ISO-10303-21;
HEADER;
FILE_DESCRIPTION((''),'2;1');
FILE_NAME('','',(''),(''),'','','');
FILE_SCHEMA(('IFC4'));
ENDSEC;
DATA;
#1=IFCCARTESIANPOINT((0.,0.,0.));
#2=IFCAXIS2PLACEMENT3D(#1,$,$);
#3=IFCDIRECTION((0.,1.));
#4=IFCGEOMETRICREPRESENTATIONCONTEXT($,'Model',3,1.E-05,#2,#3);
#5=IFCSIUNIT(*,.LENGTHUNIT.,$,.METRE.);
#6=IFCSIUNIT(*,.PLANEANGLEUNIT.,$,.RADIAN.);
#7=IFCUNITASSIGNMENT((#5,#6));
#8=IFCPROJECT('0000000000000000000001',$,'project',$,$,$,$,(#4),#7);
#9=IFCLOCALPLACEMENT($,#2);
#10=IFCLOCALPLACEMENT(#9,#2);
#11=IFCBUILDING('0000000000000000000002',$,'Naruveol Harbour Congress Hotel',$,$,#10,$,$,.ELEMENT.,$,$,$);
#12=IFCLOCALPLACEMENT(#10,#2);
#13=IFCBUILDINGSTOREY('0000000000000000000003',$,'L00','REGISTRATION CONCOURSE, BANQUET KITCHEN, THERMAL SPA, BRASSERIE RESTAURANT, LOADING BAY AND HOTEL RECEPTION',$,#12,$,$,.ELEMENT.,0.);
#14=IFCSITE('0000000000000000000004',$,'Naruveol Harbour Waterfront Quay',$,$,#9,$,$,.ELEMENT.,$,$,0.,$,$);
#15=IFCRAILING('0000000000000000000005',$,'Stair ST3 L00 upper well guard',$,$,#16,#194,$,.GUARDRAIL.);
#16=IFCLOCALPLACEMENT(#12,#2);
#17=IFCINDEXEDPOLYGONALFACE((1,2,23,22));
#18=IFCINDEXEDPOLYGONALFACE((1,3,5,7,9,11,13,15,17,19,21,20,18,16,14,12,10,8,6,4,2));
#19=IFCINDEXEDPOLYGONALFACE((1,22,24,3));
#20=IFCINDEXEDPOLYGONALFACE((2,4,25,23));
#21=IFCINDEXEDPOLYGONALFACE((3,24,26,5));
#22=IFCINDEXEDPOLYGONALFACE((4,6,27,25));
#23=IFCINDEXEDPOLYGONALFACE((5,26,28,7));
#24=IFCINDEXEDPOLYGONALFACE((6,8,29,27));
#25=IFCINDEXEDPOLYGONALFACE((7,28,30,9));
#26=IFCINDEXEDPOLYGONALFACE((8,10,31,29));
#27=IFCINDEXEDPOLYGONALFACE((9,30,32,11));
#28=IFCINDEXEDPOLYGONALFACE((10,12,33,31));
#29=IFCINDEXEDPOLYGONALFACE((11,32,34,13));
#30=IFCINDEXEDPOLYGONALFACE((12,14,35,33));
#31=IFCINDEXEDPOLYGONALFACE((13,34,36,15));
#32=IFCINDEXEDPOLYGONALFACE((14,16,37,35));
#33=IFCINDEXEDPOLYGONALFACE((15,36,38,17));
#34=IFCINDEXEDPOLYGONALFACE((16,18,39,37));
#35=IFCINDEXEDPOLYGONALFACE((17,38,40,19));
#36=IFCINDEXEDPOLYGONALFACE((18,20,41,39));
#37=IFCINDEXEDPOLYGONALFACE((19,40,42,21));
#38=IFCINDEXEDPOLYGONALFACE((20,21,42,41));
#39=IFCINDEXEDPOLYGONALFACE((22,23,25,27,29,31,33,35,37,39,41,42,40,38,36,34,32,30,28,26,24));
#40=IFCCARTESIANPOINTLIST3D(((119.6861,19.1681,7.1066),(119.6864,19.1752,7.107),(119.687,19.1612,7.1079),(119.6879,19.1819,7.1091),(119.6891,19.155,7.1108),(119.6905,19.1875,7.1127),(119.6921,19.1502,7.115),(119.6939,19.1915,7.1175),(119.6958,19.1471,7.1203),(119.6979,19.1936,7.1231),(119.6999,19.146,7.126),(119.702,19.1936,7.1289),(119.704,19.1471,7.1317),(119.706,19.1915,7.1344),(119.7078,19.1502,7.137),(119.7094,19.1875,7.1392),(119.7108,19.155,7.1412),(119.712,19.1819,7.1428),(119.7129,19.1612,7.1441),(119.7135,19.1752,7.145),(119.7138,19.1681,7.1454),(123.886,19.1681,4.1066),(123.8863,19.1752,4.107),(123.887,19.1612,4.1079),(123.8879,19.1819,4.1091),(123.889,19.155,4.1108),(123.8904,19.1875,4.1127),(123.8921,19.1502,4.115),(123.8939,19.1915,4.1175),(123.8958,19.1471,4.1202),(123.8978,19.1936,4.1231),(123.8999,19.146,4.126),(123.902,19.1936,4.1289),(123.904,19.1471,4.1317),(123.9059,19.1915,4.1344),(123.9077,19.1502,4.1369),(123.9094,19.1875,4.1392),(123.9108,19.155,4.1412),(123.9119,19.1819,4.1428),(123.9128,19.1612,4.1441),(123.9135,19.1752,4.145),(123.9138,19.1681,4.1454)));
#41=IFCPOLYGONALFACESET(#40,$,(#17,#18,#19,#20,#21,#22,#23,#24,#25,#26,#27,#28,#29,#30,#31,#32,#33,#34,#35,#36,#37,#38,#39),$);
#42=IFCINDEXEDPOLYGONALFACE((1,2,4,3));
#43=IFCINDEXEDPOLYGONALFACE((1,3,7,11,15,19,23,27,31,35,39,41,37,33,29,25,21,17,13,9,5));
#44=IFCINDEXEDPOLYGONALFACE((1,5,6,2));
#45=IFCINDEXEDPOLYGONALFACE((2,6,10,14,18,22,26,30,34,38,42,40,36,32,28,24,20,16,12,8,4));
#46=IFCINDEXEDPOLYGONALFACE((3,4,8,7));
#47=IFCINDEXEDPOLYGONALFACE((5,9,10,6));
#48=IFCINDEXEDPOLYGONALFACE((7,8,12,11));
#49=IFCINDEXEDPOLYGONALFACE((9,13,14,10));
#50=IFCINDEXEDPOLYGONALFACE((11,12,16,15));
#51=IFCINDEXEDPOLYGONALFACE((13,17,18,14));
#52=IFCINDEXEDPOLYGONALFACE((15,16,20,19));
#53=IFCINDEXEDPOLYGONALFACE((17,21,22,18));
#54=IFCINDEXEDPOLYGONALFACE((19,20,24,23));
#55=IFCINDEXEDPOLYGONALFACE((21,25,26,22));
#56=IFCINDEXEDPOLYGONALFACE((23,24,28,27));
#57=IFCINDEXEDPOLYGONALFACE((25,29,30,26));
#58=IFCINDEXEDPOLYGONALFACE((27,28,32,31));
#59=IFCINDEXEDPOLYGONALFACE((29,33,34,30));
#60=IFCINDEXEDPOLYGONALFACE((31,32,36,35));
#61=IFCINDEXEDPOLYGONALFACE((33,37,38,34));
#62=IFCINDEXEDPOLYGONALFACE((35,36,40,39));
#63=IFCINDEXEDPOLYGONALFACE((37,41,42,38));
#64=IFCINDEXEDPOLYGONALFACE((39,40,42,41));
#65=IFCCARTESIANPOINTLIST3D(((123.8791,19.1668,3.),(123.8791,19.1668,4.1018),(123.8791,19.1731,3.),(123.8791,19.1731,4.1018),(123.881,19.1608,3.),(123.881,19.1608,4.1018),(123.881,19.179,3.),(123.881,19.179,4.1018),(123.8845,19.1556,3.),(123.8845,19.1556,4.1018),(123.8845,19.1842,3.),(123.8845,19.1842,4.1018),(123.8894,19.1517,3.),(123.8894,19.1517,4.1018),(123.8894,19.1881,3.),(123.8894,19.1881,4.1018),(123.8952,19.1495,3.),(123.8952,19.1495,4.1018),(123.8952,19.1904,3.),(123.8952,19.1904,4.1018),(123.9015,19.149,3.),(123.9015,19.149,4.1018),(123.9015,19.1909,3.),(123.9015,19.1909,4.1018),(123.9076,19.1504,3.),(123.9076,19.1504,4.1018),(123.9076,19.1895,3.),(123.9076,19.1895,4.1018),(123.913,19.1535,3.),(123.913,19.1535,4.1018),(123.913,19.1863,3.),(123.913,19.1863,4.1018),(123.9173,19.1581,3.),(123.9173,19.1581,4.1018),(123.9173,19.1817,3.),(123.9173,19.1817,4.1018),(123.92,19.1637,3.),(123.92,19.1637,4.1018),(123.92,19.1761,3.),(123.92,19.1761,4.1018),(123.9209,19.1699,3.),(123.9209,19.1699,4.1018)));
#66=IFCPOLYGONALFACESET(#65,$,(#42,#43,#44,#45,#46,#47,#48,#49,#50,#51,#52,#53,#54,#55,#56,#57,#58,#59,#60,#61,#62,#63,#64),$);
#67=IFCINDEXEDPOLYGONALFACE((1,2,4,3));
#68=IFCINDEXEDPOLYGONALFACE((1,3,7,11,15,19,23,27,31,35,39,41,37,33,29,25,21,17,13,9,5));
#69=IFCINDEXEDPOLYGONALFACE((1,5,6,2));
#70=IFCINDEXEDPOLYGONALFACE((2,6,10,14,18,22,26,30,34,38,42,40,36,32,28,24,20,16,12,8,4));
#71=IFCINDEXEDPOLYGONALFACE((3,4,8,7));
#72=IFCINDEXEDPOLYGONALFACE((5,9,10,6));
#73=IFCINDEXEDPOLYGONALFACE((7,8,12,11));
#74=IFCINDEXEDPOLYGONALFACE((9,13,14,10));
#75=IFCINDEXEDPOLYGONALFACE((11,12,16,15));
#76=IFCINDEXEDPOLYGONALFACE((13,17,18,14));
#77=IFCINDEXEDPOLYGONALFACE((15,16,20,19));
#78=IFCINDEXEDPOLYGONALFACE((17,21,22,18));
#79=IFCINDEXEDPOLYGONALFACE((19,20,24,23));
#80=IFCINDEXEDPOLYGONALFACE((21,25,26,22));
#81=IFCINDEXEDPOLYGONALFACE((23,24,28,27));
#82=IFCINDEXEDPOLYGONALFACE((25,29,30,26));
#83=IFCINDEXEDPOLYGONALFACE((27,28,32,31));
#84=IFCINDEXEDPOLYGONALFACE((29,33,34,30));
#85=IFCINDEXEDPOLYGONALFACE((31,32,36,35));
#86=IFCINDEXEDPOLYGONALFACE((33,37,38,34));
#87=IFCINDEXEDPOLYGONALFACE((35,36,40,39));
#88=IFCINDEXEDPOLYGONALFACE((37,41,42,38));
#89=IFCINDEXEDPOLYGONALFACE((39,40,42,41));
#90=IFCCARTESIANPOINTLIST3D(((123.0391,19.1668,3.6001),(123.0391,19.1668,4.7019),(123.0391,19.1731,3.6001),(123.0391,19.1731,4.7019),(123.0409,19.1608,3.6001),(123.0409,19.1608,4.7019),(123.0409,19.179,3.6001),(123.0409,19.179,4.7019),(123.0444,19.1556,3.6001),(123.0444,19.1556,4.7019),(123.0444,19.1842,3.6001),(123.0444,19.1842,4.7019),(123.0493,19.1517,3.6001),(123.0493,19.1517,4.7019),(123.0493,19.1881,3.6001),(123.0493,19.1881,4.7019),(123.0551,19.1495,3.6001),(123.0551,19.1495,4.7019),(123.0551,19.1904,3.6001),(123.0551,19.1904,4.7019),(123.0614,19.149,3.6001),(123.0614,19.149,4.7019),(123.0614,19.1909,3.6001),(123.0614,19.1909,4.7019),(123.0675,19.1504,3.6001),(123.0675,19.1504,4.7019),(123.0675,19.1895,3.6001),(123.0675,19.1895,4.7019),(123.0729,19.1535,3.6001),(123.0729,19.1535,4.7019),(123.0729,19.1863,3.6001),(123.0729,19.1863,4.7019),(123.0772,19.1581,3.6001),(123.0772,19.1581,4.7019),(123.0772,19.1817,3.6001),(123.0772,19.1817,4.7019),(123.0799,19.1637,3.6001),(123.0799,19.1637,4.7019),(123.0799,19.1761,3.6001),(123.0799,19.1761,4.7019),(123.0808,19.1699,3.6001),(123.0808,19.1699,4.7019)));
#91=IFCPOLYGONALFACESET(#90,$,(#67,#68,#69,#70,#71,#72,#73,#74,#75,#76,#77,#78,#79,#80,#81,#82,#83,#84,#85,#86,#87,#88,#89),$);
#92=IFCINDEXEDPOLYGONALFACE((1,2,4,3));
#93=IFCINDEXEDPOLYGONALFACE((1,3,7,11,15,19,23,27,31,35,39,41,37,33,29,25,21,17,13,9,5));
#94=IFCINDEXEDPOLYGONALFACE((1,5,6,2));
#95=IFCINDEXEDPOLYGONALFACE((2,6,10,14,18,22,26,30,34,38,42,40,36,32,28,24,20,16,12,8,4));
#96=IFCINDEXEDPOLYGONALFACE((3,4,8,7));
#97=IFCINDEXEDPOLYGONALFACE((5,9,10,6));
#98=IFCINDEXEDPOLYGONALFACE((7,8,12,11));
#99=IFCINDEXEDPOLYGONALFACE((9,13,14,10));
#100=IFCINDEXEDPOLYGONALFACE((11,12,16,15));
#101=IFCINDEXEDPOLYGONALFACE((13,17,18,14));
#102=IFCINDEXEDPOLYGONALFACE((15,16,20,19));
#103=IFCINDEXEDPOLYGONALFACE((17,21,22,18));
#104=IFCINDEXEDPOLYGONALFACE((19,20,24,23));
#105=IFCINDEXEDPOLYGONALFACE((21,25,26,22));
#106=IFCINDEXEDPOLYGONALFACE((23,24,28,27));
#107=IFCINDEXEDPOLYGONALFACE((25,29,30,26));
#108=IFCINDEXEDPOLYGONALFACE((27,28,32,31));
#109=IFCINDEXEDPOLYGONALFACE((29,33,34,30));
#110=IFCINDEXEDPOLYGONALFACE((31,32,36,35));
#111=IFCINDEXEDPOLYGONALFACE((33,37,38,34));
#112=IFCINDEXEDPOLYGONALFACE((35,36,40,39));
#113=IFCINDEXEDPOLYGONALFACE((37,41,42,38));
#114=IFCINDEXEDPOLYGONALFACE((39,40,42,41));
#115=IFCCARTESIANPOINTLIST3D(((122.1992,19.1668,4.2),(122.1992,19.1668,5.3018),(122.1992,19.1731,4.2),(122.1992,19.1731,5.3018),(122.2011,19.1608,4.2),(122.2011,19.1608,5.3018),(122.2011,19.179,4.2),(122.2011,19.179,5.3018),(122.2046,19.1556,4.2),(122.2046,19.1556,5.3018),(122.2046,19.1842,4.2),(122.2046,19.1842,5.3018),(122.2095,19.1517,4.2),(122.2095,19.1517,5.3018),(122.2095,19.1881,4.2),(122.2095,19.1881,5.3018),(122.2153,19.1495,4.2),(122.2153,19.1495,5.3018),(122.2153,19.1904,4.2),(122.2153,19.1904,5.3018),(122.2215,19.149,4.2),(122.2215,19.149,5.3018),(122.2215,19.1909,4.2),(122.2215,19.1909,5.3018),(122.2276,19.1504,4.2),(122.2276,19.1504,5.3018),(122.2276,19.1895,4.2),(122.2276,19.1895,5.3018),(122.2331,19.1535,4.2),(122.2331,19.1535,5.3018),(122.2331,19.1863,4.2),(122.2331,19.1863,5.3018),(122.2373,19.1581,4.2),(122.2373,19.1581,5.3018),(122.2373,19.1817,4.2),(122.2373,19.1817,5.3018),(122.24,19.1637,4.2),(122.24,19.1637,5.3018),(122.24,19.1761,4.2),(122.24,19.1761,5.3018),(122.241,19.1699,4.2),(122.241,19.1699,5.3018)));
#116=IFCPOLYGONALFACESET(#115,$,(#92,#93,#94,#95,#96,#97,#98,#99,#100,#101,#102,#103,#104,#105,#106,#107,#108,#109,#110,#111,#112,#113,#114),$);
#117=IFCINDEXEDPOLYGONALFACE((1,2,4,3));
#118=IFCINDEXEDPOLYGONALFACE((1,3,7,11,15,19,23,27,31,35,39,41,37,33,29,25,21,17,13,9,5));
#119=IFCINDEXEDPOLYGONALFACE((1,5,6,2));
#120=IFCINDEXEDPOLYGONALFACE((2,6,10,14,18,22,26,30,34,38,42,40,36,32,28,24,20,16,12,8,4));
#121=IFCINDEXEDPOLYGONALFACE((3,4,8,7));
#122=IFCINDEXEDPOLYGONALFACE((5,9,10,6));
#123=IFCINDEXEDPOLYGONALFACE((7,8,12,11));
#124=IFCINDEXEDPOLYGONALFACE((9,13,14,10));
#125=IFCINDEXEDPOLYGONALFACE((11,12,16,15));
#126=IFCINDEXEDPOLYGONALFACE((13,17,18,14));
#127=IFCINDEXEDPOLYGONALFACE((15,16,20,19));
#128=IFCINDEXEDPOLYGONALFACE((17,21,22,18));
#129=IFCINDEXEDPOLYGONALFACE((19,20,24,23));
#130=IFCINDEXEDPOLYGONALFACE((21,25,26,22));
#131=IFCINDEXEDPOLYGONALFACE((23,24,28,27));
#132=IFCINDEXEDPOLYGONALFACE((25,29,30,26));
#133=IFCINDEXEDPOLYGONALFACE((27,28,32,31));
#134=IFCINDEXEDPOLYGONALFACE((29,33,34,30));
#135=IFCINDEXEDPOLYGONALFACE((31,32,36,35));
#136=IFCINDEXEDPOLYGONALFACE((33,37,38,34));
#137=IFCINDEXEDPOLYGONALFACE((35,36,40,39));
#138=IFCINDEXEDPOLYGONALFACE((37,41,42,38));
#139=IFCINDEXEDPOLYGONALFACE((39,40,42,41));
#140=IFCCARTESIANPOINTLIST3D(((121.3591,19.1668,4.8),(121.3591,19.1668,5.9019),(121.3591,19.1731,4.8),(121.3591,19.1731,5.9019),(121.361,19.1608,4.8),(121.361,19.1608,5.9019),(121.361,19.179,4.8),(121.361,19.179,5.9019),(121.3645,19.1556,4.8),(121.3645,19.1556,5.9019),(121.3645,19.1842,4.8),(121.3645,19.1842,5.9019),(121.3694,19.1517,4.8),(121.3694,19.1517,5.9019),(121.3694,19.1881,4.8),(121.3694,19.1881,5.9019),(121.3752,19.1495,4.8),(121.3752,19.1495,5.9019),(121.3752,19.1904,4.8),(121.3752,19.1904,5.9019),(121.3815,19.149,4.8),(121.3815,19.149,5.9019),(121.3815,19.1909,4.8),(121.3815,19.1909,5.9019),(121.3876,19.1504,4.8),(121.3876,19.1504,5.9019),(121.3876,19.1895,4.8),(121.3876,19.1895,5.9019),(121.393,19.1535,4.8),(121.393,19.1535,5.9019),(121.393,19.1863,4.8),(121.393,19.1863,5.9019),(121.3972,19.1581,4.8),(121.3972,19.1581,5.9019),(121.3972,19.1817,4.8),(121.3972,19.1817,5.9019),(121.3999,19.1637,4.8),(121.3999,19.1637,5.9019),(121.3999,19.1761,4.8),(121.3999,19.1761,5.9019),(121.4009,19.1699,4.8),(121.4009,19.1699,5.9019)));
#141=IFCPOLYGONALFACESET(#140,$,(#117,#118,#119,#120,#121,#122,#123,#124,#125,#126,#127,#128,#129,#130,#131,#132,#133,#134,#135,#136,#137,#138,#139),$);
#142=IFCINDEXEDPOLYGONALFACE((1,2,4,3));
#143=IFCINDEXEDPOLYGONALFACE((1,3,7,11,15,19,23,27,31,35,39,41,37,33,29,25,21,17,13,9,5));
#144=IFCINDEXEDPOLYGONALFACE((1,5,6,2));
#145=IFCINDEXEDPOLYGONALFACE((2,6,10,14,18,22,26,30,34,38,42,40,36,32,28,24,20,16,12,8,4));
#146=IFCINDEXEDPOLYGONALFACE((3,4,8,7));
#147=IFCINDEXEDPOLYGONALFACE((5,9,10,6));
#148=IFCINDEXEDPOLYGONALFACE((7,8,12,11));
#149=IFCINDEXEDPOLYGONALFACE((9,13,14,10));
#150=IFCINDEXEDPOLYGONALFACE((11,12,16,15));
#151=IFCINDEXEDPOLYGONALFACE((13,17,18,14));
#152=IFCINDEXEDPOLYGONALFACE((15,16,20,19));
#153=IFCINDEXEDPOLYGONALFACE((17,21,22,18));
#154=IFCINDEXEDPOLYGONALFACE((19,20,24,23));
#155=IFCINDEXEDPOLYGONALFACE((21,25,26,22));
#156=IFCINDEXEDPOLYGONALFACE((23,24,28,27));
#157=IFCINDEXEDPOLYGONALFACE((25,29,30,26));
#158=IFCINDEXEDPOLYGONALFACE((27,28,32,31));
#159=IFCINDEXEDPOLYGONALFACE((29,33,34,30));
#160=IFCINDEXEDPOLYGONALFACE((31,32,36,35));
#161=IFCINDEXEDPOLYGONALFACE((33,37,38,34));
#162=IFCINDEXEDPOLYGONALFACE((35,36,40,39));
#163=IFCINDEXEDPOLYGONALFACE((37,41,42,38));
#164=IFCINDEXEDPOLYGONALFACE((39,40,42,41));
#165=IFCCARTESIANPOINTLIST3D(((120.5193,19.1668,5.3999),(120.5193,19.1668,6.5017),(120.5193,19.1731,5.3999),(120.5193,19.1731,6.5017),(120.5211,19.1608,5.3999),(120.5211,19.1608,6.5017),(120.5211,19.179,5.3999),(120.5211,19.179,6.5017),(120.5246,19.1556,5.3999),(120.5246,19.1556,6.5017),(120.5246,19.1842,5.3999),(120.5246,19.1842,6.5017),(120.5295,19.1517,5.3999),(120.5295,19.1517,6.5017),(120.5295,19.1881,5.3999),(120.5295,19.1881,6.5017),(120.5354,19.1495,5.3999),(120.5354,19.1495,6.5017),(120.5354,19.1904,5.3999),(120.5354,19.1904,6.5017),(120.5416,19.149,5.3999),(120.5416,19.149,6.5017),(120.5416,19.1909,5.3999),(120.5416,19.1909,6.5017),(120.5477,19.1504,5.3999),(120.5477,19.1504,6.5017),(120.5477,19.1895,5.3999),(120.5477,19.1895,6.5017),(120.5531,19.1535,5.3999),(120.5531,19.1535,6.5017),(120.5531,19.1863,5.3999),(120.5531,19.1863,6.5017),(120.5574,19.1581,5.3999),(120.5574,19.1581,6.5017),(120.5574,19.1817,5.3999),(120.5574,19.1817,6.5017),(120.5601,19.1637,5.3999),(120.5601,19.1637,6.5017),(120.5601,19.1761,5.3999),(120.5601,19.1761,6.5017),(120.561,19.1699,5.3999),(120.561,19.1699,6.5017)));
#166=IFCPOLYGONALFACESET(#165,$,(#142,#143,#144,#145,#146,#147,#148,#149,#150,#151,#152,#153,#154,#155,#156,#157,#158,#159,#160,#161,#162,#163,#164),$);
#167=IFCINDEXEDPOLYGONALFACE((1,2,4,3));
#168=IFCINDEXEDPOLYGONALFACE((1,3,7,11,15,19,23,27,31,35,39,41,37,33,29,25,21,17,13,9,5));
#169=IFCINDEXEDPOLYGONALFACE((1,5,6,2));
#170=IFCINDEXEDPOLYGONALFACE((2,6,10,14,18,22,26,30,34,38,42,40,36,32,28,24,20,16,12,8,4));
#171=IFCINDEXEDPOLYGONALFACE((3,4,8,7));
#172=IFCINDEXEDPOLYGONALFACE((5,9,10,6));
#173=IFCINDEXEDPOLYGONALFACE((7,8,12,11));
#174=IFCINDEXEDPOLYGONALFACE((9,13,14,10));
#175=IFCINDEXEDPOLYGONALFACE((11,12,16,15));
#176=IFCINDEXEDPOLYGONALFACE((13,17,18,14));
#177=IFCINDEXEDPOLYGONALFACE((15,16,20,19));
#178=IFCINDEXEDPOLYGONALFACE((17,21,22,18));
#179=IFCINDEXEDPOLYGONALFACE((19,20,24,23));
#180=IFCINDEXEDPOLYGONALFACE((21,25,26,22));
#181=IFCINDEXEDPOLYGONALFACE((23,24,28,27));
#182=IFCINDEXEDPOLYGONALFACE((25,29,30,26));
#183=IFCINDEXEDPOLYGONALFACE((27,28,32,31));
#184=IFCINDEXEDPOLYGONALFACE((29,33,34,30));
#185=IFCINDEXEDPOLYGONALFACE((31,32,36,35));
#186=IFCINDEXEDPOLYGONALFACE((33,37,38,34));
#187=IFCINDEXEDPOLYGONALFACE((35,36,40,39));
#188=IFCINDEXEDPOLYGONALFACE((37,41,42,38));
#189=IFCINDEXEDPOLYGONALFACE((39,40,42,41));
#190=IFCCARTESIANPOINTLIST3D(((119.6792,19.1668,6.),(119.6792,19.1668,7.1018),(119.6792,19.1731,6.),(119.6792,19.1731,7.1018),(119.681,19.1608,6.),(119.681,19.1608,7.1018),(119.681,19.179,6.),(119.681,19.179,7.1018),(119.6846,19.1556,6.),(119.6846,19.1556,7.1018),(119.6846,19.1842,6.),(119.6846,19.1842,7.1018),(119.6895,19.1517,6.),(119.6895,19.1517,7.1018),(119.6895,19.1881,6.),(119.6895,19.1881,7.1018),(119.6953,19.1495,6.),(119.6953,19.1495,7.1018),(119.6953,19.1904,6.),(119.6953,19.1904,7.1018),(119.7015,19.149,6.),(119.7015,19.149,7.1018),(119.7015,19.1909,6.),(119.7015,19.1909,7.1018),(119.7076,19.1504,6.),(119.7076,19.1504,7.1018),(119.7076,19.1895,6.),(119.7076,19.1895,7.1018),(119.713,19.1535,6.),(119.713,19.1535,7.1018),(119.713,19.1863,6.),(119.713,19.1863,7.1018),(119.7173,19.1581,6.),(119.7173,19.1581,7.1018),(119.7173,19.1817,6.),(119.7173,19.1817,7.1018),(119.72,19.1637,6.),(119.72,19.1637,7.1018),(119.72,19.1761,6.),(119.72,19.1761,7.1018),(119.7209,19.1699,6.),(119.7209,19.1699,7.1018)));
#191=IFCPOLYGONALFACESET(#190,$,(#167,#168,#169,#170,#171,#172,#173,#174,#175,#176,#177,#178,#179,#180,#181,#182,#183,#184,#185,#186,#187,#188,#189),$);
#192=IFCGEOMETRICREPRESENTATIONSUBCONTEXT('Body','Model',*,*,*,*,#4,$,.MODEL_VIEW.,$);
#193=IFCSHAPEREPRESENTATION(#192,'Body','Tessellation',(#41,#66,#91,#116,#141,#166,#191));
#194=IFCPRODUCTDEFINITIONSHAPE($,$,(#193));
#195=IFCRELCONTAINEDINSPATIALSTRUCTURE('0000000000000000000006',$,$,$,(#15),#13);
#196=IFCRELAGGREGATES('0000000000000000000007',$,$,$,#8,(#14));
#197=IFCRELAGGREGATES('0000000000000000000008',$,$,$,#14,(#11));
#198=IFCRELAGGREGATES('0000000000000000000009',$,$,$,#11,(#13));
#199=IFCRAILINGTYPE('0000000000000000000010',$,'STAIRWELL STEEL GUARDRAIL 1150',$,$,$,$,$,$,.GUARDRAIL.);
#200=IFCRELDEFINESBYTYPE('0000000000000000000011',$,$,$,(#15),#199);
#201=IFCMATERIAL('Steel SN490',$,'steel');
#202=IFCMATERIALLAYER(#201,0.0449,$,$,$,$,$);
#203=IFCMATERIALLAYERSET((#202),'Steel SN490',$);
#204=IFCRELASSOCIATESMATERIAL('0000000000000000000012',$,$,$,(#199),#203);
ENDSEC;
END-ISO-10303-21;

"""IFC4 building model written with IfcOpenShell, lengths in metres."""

from ifc_helpers import new_model, si_unit, direction, frame, origin, origin_2d, place, context, subcontext, project, spatial, circle, extrude, material, layer, layer_set, type_object, element, save


model = new_model("IFC4")

# Units and contexts
model_context = context("Model", 3, precision=1e-05, world=origin(), true_north=direction((0.0, 1.0)))
body_context = subcontext(model_context, "Body", "Model", "MODEL_VIEW")
ifc_project = project(units=[si_unit("LENGTHUNIT", "METRE"), si_unit("PLANEANGLEUNIT", "RADIAN")], contexts=[model_context])

# Site, building, storey
site_placement = place(None, origin())
site = spatial("IfcSite", under=ifc_project, at=site_placement, Name="Naruveol Harbour Waterfront Quay", CompositionType="ELEMENT", RefElevation=0.0)
building_placement = place(site_placement, origin())
building = spatial("IfcBuilding", under=site, at=building_placement, Name="Naruveol Harbour Congress Hotel", CompositionType="ELEMENT")
storey_placement = place(building_placement, origin())
storey = spatial("IfcBuildingStorey", under=building, at=storey_placement, Name="L00", Description="REGISTRATION CONCOURSE, BANQUET KITCHEN, THERMAL SPA, BRASSERIE RESTAURANT, LOADING BAY AND HOTEL RECEPTION", CompositionType="ELEMENT", Elevation=0.0)

# Railing
ifc_material_1 = material(Name="Steel SN490", Category="steel")
ifc_layer_1 = layer(ifc_material_1, 0.0449)
ifc_layer_set_1 = layer_set([ifc_layer_1], Name="Steel SN490")
railing_type_1 = type_object("IfcRailingType", Name="STAIRWELL STEEL GUARDRAIL 1150", PredefinedType="GUARDRAIL", material=ifc_layer_set_1)
railing_1_placement = place(storey_placement, frame((123.8999, 19.1699, 3.0)))
element("IfcRailing", 1, at=railing_1_placement, inside=storey, type_object=railing_type_1, Name="Stair ST3 L00 upper well guard", PredefinedType="GUARDRAIL", context=body_context, shape_type="SweptSolid", body=[
    extrude(circle(Radius=0.0239, at=origin_2d()), frame((0.0, 0.0, 1.126), z_axis=(-0.81373, 0.0, 0.581243), x_axis=(0.0, -1.0, 0.0)), (0.0, 0.0, 1.0), 5.1614),
    extrude(circle(Radius=0.021, at=origin_2d()), origin(), (0.0, 0.0, 1.0), 1.1018),
    extrude(circle(Radius=0.021, at=origin_2d()), frame((-0.8401, 0.0, 0.6001)), (0.0, 0.0, 1.0), 1.1018),
    extrude(circle(Radius=0.021, at=origin_2d()), frame((-1.6799, 0.0, 1.2)), (0.0, 0.0, 1.0), 1.1018),
    extrude(circle(Radius=0.021, at=origin_2d()), frame((-2.52, 0.0, 1.8)), (0.0, 0.0, 1.0), 1.1018),
    extrude(circle(Radius=0.021, at=origin_2d()), frame((-3.3599, 0.0, 2.3999)), (0.0, 0.0, 1.0), 1.1018),
    extrude(circle(Radius=0.021, at=origin_2d()), frame((-4.2, 0.0, 3.0)), (0.0, 0.0, 1.0), 1.1018),
])

save(model, "model.ifc")
